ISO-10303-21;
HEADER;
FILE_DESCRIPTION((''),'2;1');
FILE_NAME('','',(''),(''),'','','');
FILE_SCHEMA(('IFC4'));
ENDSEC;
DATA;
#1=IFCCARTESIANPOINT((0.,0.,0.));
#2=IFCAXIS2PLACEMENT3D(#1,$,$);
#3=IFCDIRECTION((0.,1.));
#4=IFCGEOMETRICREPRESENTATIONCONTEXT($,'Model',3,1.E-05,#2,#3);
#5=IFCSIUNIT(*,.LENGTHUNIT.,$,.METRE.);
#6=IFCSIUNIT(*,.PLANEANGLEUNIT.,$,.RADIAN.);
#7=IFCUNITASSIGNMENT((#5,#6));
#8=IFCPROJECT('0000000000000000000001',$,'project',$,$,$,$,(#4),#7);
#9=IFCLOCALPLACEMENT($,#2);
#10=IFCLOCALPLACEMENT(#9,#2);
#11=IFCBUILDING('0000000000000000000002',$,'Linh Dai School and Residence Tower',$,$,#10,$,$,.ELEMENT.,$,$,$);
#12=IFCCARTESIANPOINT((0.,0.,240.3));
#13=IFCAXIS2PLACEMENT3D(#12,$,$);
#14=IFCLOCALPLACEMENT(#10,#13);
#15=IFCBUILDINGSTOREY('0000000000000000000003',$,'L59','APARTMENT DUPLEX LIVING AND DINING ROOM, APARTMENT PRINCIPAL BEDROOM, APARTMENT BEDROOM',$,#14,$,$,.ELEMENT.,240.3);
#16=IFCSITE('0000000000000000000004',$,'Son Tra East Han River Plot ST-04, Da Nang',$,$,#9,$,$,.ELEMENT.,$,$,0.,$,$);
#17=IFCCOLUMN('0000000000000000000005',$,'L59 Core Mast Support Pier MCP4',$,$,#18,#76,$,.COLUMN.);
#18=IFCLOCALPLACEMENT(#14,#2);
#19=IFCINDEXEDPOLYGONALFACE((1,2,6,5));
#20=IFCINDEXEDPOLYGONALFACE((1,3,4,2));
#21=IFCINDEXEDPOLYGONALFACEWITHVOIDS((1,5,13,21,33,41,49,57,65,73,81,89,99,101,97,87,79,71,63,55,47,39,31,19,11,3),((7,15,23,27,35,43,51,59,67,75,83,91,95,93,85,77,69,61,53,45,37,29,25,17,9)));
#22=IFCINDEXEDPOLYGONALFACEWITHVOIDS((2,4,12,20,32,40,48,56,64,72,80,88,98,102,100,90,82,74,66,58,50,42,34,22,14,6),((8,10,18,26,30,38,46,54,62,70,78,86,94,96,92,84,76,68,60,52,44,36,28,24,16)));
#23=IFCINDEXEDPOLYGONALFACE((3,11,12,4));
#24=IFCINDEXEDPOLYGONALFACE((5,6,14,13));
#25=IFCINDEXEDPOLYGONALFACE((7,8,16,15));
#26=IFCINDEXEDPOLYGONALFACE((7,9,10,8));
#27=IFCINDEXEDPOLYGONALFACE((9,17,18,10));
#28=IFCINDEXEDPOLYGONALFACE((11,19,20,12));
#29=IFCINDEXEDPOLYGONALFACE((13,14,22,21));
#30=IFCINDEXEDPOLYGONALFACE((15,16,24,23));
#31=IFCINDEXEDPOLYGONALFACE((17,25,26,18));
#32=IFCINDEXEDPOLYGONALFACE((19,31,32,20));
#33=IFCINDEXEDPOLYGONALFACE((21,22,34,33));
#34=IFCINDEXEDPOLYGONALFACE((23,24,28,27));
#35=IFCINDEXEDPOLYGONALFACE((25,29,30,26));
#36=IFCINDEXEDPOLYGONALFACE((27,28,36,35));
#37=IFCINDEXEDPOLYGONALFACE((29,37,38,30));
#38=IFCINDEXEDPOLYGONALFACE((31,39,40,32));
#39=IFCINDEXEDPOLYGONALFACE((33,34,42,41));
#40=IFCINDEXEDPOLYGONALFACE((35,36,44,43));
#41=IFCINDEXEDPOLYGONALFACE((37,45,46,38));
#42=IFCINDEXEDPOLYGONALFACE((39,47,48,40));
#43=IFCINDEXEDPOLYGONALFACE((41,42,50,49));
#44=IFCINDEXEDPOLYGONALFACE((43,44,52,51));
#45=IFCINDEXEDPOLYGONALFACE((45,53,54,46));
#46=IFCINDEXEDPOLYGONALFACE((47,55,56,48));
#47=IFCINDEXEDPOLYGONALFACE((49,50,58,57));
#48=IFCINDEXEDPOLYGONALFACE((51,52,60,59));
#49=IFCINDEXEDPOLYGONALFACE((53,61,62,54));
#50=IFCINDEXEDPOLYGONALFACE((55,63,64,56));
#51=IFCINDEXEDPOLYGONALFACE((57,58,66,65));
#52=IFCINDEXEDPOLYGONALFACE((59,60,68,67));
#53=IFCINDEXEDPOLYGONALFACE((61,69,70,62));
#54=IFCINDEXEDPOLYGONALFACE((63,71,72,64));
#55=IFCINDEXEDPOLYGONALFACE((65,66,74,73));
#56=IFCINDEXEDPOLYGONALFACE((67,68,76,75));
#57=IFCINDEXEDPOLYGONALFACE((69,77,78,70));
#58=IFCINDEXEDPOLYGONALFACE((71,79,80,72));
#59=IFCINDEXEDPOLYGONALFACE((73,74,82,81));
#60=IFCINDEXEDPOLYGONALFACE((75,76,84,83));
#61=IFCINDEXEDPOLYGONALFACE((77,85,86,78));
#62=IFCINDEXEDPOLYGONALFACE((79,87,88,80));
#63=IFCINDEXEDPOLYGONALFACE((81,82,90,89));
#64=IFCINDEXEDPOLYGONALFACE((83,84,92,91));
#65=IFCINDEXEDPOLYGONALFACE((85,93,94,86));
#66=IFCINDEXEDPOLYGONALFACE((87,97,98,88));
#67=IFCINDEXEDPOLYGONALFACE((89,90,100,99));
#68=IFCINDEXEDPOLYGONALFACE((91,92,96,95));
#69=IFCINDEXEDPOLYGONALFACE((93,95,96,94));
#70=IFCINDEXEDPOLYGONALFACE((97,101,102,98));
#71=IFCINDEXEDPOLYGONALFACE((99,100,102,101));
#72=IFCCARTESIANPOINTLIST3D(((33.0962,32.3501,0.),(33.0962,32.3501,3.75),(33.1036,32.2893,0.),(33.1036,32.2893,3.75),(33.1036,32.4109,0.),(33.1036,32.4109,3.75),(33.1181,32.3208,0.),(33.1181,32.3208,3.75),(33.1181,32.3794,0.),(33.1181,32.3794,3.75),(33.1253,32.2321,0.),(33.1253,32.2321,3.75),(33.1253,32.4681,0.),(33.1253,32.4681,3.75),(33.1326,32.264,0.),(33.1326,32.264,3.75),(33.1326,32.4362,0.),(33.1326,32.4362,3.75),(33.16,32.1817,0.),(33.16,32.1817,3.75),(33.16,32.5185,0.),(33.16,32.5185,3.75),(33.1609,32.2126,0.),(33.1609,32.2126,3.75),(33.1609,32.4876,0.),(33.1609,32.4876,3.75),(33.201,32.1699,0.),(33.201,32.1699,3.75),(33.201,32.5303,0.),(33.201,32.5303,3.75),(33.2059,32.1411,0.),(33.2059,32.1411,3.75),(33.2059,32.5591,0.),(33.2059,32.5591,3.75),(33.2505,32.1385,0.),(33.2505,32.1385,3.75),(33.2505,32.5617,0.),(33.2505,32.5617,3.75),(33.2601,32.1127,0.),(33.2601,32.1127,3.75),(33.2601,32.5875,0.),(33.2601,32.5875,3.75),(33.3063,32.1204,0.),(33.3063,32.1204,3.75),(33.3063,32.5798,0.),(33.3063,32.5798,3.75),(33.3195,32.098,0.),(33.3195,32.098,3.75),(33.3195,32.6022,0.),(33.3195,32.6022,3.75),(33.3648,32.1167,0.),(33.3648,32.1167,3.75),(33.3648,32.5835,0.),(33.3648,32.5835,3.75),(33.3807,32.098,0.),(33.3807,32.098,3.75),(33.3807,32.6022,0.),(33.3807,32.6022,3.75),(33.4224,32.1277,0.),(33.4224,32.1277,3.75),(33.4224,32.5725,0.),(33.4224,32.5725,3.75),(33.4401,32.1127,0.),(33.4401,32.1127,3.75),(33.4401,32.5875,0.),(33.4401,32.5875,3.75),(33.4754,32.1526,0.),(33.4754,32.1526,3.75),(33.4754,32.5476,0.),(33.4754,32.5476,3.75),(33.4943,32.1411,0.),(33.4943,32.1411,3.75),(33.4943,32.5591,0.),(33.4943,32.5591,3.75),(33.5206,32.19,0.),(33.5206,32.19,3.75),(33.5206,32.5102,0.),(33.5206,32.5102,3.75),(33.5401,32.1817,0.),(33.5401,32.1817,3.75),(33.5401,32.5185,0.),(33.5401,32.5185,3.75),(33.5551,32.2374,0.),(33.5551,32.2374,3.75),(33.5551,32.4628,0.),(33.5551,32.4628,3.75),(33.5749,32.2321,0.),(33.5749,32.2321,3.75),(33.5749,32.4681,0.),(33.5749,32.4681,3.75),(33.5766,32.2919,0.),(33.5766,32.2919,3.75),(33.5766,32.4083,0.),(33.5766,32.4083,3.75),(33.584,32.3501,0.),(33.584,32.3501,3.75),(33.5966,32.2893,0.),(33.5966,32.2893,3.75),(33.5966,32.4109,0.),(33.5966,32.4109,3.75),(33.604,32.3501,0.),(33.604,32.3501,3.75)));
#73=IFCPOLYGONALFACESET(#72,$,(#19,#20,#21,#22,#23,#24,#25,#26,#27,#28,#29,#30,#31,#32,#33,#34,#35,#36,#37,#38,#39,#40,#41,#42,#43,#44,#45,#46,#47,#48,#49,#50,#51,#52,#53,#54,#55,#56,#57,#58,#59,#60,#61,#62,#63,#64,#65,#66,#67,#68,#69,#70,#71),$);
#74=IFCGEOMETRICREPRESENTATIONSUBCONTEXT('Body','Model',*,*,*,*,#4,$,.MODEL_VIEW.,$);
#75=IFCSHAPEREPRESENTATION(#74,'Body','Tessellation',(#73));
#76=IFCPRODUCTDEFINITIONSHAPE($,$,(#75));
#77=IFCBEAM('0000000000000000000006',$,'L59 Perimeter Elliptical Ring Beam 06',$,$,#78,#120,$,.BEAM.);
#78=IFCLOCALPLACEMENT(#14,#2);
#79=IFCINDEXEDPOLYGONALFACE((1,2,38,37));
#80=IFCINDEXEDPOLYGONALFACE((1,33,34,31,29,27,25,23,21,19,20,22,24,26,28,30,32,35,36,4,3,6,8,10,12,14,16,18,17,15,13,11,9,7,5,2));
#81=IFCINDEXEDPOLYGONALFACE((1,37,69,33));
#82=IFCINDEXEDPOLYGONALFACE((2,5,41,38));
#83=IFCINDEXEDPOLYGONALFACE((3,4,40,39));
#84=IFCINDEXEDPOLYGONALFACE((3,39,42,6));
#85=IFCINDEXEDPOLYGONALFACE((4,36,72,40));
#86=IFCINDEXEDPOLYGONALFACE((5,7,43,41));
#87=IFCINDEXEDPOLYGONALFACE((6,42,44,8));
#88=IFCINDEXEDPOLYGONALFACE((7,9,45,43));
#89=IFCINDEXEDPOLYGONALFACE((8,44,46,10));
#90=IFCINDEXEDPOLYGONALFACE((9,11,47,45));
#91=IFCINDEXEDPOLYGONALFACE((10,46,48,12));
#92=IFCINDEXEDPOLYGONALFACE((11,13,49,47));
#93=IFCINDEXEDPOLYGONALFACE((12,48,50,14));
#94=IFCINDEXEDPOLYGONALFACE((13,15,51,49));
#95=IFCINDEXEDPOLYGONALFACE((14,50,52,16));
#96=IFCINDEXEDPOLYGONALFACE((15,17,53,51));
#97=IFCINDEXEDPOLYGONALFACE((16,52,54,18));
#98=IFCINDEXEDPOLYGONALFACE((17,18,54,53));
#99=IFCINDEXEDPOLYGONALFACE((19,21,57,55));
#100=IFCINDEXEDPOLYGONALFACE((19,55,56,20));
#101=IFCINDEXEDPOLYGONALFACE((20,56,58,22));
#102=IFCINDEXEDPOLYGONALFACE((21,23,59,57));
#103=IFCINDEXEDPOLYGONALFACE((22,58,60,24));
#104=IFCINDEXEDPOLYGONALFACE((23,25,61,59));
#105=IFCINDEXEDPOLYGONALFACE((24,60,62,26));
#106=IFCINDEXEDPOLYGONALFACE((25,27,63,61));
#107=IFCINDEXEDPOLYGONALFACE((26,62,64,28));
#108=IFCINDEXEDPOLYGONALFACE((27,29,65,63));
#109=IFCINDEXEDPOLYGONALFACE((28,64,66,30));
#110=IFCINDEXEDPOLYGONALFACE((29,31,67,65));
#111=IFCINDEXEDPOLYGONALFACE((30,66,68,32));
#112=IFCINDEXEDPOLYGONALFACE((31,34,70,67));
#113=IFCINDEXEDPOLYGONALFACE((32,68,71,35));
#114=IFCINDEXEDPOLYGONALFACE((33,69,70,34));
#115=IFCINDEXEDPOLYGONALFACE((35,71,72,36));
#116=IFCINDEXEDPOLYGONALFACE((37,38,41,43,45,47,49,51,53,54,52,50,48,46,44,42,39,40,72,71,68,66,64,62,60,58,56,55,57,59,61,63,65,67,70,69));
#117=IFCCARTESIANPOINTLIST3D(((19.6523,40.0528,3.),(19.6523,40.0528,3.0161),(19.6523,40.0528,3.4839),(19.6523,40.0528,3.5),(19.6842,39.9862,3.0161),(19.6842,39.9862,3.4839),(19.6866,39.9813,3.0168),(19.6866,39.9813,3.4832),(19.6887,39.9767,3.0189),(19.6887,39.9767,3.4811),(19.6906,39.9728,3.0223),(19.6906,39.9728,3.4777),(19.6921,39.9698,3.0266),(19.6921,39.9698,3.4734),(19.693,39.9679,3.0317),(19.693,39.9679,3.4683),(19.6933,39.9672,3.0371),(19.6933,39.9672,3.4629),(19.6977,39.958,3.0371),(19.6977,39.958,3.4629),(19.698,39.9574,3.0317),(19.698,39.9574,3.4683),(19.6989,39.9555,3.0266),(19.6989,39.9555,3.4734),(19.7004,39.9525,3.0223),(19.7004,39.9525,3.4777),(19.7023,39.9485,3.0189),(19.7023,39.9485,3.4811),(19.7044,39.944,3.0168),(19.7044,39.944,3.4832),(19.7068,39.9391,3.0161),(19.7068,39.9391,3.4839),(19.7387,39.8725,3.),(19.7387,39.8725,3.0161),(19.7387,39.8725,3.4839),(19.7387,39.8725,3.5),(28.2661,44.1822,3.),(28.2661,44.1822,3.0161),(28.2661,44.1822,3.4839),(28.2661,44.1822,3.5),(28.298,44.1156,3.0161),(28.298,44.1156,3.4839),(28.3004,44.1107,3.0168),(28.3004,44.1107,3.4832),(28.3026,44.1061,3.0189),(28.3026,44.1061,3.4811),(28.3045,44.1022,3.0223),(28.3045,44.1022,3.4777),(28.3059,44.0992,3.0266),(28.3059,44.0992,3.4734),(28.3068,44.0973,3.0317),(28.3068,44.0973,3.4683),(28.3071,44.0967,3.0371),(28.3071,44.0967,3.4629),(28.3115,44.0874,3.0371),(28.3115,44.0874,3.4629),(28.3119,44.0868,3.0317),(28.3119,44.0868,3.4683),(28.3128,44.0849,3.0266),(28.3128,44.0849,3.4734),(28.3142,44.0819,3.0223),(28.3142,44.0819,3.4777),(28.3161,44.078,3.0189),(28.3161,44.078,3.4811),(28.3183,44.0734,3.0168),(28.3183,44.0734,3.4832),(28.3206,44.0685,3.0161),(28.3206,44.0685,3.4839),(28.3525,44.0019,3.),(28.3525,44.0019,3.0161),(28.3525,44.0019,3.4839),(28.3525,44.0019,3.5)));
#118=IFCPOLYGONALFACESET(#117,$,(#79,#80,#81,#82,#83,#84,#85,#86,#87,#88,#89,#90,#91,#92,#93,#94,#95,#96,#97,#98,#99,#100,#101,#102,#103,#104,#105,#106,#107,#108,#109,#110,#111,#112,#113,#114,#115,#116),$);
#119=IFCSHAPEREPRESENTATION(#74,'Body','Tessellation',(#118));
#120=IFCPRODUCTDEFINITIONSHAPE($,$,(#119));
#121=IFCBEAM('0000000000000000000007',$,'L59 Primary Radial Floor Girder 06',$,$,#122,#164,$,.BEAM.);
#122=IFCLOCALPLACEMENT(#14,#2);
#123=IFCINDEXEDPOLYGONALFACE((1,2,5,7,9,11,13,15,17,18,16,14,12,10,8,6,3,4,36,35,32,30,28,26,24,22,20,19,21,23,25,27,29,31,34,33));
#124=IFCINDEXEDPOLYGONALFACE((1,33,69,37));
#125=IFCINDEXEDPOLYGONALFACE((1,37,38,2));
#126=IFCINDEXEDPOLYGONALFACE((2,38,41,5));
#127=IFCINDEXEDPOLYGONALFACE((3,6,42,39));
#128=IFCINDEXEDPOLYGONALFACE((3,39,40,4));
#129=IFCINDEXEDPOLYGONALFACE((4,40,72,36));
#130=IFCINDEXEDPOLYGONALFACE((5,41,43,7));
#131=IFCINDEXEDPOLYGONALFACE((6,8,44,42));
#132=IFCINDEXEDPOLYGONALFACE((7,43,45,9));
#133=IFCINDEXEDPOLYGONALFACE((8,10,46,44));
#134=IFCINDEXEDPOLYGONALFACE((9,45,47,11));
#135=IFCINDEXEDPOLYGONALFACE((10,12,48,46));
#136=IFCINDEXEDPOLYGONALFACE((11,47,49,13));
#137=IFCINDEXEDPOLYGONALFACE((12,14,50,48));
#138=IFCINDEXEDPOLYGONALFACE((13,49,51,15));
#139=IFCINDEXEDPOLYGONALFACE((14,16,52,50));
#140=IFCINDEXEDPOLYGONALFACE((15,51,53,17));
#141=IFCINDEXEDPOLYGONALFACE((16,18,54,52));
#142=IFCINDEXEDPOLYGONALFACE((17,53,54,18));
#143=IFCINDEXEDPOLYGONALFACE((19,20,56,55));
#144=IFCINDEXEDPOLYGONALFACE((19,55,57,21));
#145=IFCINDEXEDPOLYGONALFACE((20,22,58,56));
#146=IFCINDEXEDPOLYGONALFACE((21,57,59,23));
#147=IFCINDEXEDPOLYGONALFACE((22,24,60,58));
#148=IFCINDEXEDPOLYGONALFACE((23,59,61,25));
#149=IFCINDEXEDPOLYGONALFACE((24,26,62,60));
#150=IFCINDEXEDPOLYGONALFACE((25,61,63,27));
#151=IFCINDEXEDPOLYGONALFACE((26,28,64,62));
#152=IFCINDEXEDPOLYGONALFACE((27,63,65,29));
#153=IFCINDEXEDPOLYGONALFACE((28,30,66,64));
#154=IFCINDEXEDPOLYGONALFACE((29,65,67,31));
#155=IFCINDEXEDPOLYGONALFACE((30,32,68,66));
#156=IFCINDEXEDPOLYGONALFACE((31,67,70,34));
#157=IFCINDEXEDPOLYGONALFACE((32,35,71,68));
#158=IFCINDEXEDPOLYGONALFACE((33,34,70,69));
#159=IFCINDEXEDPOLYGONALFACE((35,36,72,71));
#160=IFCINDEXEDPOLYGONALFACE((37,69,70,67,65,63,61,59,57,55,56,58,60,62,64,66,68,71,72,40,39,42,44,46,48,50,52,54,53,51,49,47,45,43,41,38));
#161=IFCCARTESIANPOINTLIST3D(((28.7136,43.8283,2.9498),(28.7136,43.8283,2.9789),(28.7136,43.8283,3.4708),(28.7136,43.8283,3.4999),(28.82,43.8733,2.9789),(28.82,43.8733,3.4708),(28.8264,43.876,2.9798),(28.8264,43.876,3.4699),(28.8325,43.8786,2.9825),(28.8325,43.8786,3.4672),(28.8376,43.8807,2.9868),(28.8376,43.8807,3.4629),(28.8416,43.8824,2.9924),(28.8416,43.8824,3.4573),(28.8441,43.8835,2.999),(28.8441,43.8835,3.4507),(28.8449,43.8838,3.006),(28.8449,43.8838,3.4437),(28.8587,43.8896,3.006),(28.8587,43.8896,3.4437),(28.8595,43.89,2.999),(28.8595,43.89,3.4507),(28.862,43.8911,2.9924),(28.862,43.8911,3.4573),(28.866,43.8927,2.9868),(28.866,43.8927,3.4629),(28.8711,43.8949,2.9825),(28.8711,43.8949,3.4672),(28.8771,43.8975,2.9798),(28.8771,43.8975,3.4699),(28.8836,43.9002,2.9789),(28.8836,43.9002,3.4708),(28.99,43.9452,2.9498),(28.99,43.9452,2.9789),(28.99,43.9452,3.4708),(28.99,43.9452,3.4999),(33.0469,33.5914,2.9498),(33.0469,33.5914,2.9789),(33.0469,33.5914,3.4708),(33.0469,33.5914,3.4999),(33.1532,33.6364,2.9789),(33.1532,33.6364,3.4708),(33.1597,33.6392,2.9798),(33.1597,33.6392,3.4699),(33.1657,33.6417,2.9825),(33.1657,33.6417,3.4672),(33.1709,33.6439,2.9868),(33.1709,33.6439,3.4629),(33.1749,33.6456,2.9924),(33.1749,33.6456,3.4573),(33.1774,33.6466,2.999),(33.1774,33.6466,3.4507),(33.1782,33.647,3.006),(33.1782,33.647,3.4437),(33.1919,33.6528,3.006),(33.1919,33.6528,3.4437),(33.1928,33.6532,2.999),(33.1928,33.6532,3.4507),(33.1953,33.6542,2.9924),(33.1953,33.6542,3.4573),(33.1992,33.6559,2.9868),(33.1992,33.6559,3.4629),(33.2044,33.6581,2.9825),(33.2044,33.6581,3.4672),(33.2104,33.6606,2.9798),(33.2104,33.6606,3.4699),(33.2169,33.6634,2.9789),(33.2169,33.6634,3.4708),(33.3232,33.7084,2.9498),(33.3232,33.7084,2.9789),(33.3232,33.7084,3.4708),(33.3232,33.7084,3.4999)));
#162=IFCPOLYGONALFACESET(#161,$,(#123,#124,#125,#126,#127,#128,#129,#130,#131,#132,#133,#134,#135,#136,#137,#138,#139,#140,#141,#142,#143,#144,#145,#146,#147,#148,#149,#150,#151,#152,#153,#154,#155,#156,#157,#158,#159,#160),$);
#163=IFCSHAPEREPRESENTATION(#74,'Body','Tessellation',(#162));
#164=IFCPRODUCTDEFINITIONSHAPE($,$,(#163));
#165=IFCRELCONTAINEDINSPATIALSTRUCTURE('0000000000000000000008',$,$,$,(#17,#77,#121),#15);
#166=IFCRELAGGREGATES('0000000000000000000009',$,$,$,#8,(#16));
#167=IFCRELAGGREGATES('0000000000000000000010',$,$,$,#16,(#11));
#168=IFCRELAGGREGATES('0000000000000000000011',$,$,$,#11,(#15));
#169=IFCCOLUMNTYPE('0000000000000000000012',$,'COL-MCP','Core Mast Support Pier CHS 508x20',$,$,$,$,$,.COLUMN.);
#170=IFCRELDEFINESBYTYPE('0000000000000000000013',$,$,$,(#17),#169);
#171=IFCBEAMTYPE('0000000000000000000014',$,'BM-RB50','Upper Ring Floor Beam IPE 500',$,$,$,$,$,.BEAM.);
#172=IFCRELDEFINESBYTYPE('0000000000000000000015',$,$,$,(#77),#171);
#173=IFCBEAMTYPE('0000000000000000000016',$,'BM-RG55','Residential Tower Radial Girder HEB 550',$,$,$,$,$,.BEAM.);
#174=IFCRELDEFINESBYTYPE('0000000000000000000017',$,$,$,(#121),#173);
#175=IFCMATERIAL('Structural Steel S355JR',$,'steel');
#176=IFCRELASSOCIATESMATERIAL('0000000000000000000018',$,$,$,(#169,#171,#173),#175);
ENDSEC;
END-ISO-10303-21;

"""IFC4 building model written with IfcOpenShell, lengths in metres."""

from ifc_helpers import new_model, si_unit, direction, frame, origin, origin_2d, place, context, subcontext, project, spatial, hollow_circle, i_section, extrude, material, material_profile, profile_set, type_object, element, save


model = new_model("IFC4")

# Units and contexts
model_context = context("Model", 3, precision=1e-05, world=origin(), true_north=direction((0.0, 1.0)))
body_context = subcontext(model_context, "Body", "Model", "MODEL_VIEW")
ifc_project = project(units=[si_unit("LENGTHUNIT", "METRE"), si_unit("PLANEANGLEUNIT", "RADIAN")], contexts=[model_context])

# Site, building, storey
site_placement = place(None, origin())
site = spatial("IfcSite", under=ifc_project, at=site_placement, Name="Son Tra East Han River Plot ST-04, Da Nang", CompositionType="ELEMENT", RefElevation=0.0)
building_placement = place(site_placement, origin())
building = spatial("IfcBuilding", under=site, at=building_placement, Name="Linh Dai School and Residence Tower", CompositionType="ELEMENT")
storey_placement = place(building_placement, frame((0.0, 0.0, 240.3)))
storey = spatial("IfcBuildingStorey", under=building, at=storey_placement, Name="L59", Description="APARTMENT DUPLEX LIVING AND DINING ROOM, APARTMENT PRINCIPAL BEDROOM, APARTMENT BEDROOM", CompositionType="ELEMENT", Elevation=240.3)

# Column
ifc_material_1 = material(Name="Structural Steel S355JR", Category="steel")
ifc_material_profile_1 = material_profile(ifc_material_1, hollow_circle(Radius=0.2539, WallThickness=0.02, at=origin_2d()), Name="CHS 508x20")
ifc_profile_set_1 = profile_set([ifc_material_profile_1], Name="Structural Steel S355JR")
column_type_1 = type_object("IfcColumnType", Name="COL-MCP", Description="Core Mast Support Pier CHS 508x20", PredefinedType="COLUMN", material=ifc_profile_set_1)
column_1_placement = place(storey_placement, frame((33.3501, 32.3501, 0.0), z_axis=(0.0, 0.0, 1.0), x_axis=(1.0, 0.0, 0.0)))
element("IfcColumn", 1, at=column_1_placement, inside=storey, type_object=column_type_1, Name="L59 Core Mast Support Pier MCP4", PredefinedType="COLUMN", context=body_context, shape_type="SweptSolid", body=[
    extrude(hollow_circle(Radius=0.2539, WallThickness=0.02, at=origin_2d()), origin(), (0.0, 0.0, 1.0), 3.75),
])

# Beams
ifc_material_profile_2 = material_profile(ifc_material_1, i_section(OverallWidth=0.2, OverallDepth=0.5, WebThickness=0.0103, FlangeThickness=0.0161, FilletRadius=0.021, at=origin_2d()), Name="IPE 500")
ifc_profile_set_2 = profile_set([ifc_material_profile_2], Name="Structural Steel S355JR")
beam_type_1 = type_object("IfcBeamType", Name="BM-RB50", Description="Upper Ring Floor Beam IPE 500", PredefinedType="BEAM", material=ifc_profile_set_2)
beam_1_placement = place(storey_placement, frame((28.3093, 44.092, 3.25), z_axis=(-0.901736, -0.432287, 0.0), x_axis=(0.432287, -0.901736, 0.0)))
element("IfcBeam", 2, at=beam_1_placement, inside=storey, type_object=beam_type_1, Name="L59 Perimeter Elliptical Ring Beam 06", PredefinedType="BEAM", context=body_context, shape_type="SweptSolid", body=[
    extrude(i_section(OverallWidth=0.2, OverallDepth=0.5, WebThickness=0.0103, FlangeThickness=0.0161, FilletRadius=0.021, at=origin_2d()), origin(), (0.0, 0.0, 1.0), 9.5525),
])
ifc_material_profile_3 = material_profile(ifc_material_1, i_section(OverallWidth=0.3, OverallDepth=0.55, WebThickness=0.0149, FlangeThickness=0.0291, FilletRadius=0.0271, at=origin_2d()), Name="HEB 550")
ifc_profile_set_3 = profile_set([ifc_material_profile_3], Name="Structural Steel S355JR")
beam_type_2 = type_object("IfcBeamType", Name="BM-RG55", Description="Residential Tower Radial Girder HEB 550", PredefinedType="BEAM", material=ifc_profile_set_3)
beam_2_placement = place(storey_placement, frame((33.1851, 33.6499, 3.2249), z_axis=(-0.389815, 0.920893, 0.0), x_axis=(-0.920893, -0.389815, 0.0)))
element("IfcBeam", 3, at=beam_2_placement, inside=storey, type_object=beam_type_2, Name="L59 Primary Radial Floor Girder 06", PredefinedType="BEAM", context=body_context, shape_type="SweptSolid", body=[
    extrude(i_section(OverallWidth=0.3, OverallDepth=0.55, WebThickness=0.0149, FlangeThickness=0.0291, FilletRadius=0.0271, at=origin_2d()), origin(), (0.0, 0.0, 1.0), 11.1162),
])

save(model, "model.ifc")
